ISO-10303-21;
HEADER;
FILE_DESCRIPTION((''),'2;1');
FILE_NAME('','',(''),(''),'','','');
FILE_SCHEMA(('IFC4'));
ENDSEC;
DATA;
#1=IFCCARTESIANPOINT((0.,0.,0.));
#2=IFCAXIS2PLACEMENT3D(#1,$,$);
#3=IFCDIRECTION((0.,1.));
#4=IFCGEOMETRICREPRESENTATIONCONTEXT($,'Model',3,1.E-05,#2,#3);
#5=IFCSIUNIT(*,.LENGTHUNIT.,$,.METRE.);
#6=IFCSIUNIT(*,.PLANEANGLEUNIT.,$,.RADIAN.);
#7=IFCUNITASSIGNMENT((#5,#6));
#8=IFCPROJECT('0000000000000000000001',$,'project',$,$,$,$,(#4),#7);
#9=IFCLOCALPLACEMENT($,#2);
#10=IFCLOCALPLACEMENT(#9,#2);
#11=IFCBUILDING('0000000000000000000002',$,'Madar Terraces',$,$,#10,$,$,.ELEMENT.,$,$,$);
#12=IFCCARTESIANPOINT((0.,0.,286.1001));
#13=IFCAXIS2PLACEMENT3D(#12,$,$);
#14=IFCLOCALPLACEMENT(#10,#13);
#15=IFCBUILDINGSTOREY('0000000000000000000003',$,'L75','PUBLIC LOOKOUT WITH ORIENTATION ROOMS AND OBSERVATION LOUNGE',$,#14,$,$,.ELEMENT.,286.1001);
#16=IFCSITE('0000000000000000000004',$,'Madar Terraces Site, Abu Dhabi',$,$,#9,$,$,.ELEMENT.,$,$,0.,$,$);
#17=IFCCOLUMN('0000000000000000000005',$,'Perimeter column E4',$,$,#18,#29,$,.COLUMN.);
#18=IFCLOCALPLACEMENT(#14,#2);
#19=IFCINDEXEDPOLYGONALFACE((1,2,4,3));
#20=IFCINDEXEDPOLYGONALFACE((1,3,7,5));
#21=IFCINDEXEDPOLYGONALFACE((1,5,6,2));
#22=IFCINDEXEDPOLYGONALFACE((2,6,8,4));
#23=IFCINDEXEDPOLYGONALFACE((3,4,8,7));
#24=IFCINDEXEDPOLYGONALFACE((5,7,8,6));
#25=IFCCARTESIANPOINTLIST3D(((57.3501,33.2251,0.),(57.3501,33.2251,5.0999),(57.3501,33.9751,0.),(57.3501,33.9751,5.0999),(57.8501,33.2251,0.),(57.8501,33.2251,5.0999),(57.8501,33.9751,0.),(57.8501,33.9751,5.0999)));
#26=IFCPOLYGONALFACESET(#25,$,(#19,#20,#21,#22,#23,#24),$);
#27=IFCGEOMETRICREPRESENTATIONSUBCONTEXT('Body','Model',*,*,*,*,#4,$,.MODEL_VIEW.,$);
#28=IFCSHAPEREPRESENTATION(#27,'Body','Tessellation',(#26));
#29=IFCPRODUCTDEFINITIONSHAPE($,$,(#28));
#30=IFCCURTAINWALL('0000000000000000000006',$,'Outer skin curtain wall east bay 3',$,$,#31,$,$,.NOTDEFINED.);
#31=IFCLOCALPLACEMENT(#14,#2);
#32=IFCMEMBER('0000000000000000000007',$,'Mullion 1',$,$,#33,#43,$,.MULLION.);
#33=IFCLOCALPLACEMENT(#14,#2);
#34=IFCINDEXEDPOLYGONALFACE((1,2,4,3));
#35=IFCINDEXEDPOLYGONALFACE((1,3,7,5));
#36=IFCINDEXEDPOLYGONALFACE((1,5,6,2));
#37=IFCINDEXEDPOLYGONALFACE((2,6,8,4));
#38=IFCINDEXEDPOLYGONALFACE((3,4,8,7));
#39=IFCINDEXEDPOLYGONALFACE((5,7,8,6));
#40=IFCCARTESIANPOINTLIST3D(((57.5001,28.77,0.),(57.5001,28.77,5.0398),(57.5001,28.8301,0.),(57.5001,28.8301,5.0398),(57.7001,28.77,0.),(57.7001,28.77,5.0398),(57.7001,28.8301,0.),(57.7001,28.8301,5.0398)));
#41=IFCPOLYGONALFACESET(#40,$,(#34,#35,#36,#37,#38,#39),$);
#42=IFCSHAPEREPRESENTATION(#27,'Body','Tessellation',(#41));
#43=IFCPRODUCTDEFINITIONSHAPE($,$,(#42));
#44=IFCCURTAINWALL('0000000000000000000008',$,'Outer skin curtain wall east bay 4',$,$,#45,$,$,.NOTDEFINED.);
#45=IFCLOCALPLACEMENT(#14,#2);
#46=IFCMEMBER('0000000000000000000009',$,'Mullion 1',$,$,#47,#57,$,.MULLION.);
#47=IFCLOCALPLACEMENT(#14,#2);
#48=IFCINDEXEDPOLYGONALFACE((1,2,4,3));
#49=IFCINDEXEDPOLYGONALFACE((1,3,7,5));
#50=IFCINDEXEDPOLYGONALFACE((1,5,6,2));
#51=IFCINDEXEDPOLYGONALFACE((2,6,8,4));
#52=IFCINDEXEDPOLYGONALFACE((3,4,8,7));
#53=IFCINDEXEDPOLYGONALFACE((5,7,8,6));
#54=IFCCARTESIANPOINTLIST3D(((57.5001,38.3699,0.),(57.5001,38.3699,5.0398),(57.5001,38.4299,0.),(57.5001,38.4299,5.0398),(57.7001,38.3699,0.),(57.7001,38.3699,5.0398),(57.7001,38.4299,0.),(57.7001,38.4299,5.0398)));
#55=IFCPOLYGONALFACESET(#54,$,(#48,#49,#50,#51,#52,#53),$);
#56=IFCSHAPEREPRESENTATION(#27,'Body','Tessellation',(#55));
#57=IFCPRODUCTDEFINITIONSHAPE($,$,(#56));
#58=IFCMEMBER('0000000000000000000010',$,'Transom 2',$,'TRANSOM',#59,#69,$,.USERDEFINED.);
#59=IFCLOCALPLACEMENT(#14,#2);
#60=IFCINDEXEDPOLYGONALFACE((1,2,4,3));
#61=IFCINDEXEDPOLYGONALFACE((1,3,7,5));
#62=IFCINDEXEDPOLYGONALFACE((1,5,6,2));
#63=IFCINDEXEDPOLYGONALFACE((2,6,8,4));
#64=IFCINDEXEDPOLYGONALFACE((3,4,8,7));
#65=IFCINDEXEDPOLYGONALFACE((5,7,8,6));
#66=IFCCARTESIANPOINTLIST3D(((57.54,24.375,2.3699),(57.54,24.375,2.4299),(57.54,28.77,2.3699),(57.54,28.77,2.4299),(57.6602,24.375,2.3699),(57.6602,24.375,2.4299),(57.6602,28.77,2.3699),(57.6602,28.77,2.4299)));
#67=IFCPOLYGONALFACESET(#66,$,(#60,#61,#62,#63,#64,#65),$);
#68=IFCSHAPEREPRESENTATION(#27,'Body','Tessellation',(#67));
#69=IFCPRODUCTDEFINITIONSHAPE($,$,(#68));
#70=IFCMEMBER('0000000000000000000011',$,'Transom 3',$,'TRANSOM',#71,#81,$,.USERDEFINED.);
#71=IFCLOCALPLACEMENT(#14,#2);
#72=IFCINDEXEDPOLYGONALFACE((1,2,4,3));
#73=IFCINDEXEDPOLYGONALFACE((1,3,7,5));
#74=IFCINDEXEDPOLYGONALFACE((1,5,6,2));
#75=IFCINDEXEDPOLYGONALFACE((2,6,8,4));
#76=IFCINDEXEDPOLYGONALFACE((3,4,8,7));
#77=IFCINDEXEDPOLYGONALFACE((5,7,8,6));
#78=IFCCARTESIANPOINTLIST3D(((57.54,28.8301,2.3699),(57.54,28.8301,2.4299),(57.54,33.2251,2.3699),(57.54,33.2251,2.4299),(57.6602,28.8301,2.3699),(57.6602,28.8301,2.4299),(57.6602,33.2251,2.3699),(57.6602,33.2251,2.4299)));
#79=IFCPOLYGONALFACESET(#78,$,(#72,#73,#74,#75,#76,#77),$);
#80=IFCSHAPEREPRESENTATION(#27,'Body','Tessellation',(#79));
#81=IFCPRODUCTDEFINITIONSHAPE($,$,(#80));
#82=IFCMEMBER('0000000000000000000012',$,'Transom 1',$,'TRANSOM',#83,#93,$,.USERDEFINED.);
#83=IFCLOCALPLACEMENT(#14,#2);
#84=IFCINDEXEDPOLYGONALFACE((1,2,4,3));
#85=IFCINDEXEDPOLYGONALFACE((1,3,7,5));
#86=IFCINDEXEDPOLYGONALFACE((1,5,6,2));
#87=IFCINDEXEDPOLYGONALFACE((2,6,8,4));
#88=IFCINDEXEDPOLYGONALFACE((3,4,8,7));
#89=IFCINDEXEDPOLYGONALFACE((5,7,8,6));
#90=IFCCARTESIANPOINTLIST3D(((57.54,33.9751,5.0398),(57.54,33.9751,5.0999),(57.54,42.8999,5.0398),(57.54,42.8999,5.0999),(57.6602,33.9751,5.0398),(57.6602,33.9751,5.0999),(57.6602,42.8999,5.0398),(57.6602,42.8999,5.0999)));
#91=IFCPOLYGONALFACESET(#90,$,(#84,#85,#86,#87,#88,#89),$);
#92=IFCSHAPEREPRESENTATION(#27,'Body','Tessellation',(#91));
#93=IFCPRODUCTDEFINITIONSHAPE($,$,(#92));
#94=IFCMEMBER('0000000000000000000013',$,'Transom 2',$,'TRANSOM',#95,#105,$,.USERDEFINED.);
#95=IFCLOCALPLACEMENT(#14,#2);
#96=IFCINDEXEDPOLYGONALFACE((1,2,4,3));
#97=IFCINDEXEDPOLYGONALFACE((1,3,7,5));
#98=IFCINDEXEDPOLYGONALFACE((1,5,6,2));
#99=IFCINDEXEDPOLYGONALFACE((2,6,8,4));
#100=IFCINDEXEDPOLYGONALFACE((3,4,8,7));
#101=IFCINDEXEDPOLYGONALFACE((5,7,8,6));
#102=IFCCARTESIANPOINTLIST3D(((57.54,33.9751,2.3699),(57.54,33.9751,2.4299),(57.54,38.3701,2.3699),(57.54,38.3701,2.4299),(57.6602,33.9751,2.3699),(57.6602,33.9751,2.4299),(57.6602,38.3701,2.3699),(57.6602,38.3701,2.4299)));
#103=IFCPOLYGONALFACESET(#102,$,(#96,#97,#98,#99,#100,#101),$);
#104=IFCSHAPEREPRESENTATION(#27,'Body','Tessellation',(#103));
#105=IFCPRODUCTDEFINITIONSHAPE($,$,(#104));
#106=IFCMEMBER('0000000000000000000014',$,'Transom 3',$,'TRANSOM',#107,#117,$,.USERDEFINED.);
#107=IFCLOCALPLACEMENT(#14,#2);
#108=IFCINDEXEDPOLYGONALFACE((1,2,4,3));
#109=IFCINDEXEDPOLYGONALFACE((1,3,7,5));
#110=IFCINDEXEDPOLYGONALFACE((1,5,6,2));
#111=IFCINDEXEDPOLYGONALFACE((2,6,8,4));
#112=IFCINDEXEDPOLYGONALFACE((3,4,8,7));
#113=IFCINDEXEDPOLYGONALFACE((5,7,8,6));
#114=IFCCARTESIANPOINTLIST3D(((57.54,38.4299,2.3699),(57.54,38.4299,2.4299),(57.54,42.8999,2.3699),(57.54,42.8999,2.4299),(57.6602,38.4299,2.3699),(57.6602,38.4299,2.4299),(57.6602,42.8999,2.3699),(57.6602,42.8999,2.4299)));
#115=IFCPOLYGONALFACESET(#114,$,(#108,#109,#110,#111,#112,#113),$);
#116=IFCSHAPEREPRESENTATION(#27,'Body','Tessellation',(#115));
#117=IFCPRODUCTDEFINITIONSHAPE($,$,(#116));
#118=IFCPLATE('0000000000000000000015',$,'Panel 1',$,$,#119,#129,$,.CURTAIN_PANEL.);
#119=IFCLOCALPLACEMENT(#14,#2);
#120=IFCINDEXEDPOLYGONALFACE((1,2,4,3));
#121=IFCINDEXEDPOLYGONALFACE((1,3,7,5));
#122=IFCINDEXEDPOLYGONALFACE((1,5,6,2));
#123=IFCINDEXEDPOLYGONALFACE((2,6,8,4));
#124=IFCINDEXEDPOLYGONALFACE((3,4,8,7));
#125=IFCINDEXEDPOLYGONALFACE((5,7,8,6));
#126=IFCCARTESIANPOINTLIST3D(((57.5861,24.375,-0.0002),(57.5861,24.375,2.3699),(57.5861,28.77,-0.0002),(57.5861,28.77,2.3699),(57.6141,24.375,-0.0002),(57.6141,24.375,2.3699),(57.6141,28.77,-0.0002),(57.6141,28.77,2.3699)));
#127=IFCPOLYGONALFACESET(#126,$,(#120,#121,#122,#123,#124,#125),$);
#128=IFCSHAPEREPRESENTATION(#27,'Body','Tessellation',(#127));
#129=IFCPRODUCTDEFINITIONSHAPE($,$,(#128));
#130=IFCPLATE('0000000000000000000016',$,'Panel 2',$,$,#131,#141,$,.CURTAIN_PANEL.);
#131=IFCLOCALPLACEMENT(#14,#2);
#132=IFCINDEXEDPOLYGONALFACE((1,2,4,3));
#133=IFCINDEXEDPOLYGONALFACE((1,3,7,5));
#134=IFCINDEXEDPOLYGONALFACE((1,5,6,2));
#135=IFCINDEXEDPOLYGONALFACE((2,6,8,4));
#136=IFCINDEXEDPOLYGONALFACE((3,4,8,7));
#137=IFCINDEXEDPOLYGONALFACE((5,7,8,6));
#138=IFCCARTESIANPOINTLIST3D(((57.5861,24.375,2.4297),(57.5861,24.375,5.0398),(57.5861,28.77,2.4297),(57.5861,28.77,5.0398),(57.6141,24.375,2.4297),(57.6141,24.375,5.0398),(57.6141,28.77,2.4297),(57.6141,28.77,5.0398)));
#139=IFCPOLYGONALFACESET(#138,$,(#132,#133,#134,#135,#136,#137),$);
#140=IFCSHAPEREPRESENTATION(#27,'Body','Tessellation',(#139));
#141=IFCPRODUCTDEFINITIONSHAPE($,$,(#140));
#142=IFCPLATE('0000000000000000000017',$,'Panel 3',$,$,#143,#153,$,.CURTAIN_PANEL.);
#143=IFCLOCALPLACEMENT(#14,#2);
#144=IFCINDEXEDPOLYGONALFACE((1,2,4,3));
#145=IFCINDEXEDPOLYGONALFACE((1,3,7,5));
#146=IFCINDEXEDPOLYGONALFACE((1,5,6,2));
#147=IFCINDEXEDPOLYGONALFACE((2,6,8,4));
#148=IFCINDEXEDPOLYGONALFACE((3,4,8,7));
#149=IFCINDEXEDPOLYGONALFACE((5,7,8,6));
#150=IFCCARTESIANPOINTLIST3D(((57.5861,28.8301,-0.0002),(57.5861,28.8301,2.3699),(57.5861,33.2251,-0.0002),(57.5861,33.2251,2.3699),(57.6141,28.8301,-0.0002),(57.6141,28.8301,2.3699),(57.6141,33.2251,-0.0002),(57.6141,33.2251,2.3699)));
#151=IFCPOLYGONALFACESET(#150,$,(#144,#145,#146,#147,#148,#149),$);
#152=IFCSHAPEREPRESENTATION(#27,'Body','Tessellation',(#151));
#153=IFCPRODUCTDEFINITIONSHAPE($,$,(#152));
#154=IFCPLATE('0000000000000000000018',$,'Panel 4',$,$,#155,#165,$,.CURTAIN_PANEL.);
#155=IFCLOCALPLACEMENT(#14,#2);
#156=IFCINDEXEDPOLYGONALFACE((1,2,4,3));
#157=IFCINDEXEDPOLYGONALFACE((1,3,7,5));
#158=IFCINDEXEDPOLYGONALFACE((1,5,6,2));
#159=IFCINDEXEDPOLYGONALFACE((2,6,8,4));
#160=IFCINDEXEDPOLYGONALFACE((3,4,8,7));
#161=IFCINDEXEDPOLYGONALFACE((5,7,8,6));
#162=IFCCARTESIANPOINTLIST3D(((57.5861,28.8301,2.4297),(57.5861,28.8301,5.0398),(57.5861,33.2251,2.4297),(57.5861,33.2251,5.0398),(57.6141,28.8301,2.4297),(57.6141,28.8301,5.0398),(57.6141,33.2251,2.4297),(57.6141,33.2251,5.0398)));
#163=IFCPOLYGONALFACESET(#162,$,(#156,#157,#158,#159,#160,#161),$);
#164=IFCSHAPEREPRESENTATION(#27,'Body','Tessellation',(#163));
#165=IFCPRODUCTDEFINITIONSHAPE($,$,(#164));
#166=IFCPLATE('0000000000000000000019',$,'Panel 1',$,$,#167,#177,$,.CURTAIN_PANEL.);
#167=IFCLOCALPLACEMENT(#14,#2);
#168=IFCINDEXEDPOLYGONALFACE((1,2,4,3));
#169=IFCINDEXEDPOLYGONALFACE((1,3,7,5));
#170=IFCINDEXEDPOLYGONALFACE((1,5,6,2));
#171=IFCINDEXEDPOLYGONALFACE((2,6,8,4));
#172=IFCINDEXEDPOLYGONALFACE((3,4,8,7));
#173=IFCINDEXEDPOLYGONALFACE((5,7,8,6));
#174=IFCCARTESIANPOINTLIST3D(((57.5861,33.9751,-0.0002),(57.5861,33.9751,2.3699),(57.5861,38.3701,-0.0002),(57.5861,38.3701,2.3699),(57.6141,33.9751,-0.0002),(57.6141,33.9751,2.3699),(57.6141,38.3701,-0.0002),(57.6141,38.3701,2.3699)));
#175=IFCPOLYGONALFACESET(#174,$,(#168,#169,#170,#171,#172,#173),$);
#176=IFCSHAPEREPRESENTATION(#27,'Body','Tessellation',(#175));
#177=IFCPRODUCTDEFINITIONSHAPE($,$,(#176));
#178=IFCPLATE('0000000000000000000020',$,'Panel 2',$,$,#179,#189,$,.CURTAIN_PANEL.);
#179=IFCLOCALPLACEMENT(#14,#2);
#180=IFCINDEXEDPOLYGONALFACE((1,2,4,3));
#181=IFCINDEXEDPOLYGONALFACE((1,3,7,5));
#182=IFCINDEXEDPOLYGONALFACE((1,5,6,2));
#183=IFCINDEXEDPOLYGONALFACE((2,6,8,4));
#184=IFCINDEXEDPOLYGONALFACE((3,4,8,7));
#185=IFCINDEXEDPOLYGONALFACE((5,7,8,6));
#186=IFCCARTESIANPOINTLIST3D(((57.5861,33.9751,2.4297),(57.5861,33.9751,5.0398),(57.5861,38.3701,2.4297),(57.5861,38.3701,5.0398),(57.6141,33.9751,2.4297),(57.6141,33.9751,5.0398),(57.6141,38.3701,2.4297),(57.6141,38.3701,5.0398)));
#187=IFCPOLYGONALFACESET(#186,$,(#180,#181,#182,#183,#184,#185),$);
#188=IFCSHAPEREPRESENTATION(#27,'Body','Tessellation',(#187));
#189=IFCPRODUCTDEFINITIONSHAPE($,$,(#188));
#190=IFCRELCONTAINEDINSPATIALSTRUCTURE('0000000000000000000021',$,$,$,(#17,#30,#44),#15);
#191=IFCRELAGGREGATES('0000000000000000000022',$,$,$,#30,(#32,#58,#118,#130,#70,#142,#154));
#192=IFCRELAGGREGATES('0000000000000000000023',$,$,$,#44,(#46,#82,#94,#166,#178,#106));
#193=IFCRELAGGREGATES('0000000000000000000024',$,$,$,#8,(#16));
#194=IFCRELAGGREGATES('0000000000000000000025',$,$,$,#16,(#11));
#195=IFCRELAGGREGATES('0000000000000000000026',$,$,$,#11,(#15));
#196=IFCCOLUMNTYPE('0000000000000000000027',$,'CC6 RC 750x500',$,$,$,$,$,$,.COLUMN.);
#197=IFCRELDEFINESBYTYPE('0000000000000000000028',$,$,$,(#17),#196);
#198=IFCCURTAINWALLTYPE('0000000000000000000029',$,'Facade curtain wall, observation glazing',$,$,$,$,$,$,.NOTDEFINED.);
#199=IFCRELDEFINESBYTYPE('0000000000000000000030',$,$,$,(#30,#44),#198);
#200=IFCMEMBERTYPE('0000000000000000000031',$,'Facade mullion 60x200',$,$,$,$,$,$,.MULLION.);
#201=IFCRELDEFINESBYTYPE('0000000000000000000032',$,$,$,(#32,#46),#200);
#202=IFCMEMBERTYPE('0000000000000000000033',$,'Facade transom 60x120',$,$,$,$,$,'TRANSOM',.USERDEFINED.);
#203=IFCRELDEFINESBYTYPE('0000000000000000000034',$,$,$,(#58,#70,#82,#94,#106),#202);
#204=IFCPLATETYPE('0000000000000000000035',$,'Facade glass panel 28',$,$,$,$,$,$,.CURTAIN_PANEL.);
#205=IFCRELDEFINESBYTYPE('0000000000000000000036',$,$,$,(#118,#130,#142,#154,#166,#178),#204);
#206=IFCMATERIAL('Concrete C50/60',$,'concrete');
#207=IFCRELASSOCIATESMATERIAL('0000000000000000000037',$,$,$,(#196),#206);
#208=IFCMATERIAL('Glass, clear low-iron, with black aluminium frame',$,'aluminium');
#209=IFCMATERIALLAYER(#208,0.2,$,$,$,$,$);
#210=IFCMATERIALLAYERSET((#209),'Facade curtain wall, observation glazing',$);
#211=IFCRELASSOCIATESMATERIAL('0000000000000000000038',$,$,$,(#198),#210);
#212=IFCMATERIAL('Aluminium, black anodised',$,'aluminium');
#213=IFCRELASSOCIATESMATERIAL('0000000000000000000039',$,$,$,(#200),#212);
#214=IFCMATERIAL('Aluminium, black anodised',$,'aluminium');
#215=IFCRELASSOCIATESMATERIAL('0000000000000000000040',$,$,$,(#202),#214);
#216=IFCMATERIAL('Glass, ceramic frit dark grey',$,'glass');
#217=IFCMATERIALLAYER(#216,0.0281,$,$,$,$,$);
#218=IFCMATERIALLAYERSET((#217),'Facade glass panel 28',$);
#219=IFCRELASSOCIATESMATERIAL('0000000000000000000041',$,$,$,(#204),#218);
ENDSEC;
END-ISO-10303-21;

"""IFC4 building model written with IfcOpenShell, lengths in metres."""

from ifc_helpers import new_model, si_unit, direction, frame, origin, origin_2d, place, context, subcontext, project, spatial, rectangle, extrude, material, layer, layer_set, material_profile, profile_set, type_object, element, aggregate, save


model = new_model("IFC4")

# Units and contexts
model_context = context("Model", 3, precision=1e-05, world=origin(), true_north=direction((0.0, 1.0)))
body_context = subcontext(model_context, "Body", "Model", "MODEL_VIEW")
ifc_project = project(units=[si_unit("LENGTHUNIT", "METRE"), si_unit("PLANEANGLEUNIT", "RADIAN")], contexts=[model_context])

# Site, building, storey
site_placement = place(None, origin())
site = spatial("IfcSite", under=ifc_project, at=site_placement, Name="Madar Terraces Site, Abu Dhabi", CompositionType="ELEMENT", RefElevation=0.0)
building_placement = place(site_placement, origin())
building = spatial("IfcBuilding", under=site, at=building_placement, Name="Madar Terraces", CompositionType="ELEMENT")
storey_placement = place(building_placement, frame((0.0, 0.0, 286.1001)))
storey = spatial("IfcBuildingStorey", under=building, at=storey_placement, Name="L75", Description="PUBLIC LOOKOUT WITH ORIENTATION ROOMS AND OBSERVATION LOUNGE", CompositionType="ELEMENT", Elevation=286.1001)

# Column
ifc_material_1 = material(Name="Concrete C50/60", Category="concrete")
ifc_material_profile_1 = material_profile(ifc_material_1, rectangle(XDim=0.75, YDim=0.5, at=origin_2d()), Name="CC6 RC 750x500")
ifc_profile_set_1 = profile_set([ifc_material_profile_1], Name="Concrete C50/60")
column_type = type_object("IfcColumnType", Name="CC6 RC 750x500", PredefinedType="COLUMN", material=ifc_profile_set_1)
column_placement = place(storey_placement, frame((57.6001, 33.6001, 0.0), z_axis=(0.0, 0.0, 1.0), x_axis=(0.0, 1.0, 0.0)))
element("IfcColumn", 1, at=column_placement, inside=storey, type_object=column_type, Name="Perimeter column E4", PredefinedType="COLUMN", context=body_context, shape_type="SweptSolid", body=[
    extrude(rectangle(XDim=0.75, YDim=0.5, at=origin_2d()), origin(), (0.0, 0.0, 1.0), 5.0999),
])

# Curtain walls, members
ifc_material_2 = material(Name="Glass, clear low-iron, with black aluminium frame", Category="aluminium")
ifc_layer_1 = layer(ifc_material_2, 0.2)
ifc_layer_set_1 = layer_set([ifc_layer_1], Name="Facade curtain wall, observation glazing")
curtain_wall_type = type_object("IfcCurtainWallType", Name="Facade curtain wall, observation glazing", PredefinedType="NOTDEFINED", material=ifc_layer_set_1)
curtain_wall_1_placement = place(storey_placement, origin())
curtain_wall_1 = element("IfcCurtainWall", 2, at=curtain_wall_1_placement, inside=storey, type_object=curtain_wall_type, Name="Outer skin curtain wall east bay 3", PredefinedType="NOTDEFINED")
ifc_material_3 = material(Name="Aluminium, black anodised", Category="aluminium")
ifc_material_profile_2 = material_profile(ifc_material_3, rectangle(XDim=0.2, YDim=0.0601, at=origin_2d()), Name="Facade mullion 60x200")
ifc_profile_set_2 = profile_set([ifc_material_profile_2], Name="Aluminium, black anodised")
member_type_1 = type_object("IfcMemberType", Name="Facade mullion 60x200", PredefinedType="MULLION", material=ifc_profile_set_2)
member_1_placement = place(storey_placement, frame((57.6001, 28.8, 0.0), z_axis=(0.0, 0.0, 1.0), x_axis=(-1.0, 0.0, 0.0)))
member_1 = element("IfcMember", 3, at=member_1_placement, type_object=member_type_1, Name="Mullion 1", PredefinedType="MULLION", context=body_context, shape_type="SweptSolid", body=[
    extrude(rectangle(XDim=0.2, YDim=0.0601, at=origin_2d()), origin(), (0.0, 0.0, 1.0), 5.0398),
])
curtain_wall_2_placement = place(storey_placement, origin())
curtain_wall_2 = element("IfcCurtainWall", 4, at=curtain_wall_2_placement, inside=storey, type_object=curtain_wall_type, Name="Outer skin curtain wall east bay 4", PredefinedType="NOTDEFINED")
member_2_placement = place(storey_placement, frame((57.6001, 38.3999, 0.0), z_axis=(0.0, 0.0, 1.0), x_axis=(-1.0, 0.0, 0.0)))
member_2 = element("IfcMember", 5, at=member_2_placement, type_object=member_type_1, Name="Mullion 1", PredefinedType="MULLION", context=body_context, shape_type="SweptSolid", body=[
    extrude(rectangle(XDim=0.2, YDim=0.0601, at=origin_2d()), origin(), (0.0, 0.0, 1.0), 5.0398),
])

# Members
ifc_material_4 = material(Name="Aluminium, black anodised", Category="aluminium")
ifc_material_profile_3 = material_profile(ifc_material_4, rectangle(XDim=0.1201, YDim=0.0601, at=origin_2d()), Name="Facade transom 60x120")
ifc_profile_set_3 = profile_set([ifc_material_profile_3], Name="Aluminium, black anodised")
member_type_2 = type_object("IfcMemberType", Name="Facade transom 60x120", ElementType="TRANSOM", PredefinedType="USERDEFINED", material=ifc_profile_set_3)
member_3_placement = place(storey_placement, frame((57.6001, 24.375, 2.3999), z_axis=(0.0, 1.0, 0.0), x_axis=(-1.0, 0.0, 0.0)))
member_3 = element("IfcMember", 6, at=member_3_placement, type_object=member_type_2, Name="Transom 2", ObjectType="TRANSOM", PredefinedType="USERDEFINED", context=body_context, shape_type="SweptSolid", body=[
    extrude(rectangle(XDim=0.1201, YDim=0.0601, at=origin_2d()), origin(), (0.0, 0.0, 1.0), 4.395),
])
member_4_placement = place(storey_placement, frame((57.6001, 28.8301, 2.3999), z_axis=(0.0, 1.0, 0.0), x_axis=(-1.0, 0.0, 0.0)))
member_4 = element("IfcMember", 7, at=member_4_placement, type_object=member_type_2, Name="Transom 3", ObjectType="TRANSOM", PredefinedType="USERDEFINED", context=body_context, shape_type="SweptSolid", body=[
    extrude(rectangle(XDim=0.1201, YDim=0.0601, at=origin_2d()), origin(), (0.0, 0.0, 1.0), 4.395),
])
member_5_placement = place(storey_placement, frame((57.6001, 33.9751, 5.0698), z_axis=(0.0, 1.0, 0.0), x_axis=(-1.0, 0.0, 0.0)))
member_5 = element("IfcMember", 8, at=member_5_placement, type_object=member_type_2, Name="Transom 1", ObjectType="TRANSOM", PredefinedType="USERDEFINED", context=body_context, shape_type="SweptSolid", body=[
    extrude(rectangle(XDim=0.1201, YDim=0.0601, at=origin_2d()), origin(), (0.0, 0.0, 1.0), 8.9248),
])
member_6_placement = place(storey_placement, frame((57.6001, 33.9751, 2.3999), z_axis=(0.0, 1.0, 0.0), x_axis=(-1.0, 0.0, 0.0)))
member_6 = element("IfcMember", 9, at=member_6_placement, type_object=member_type_2, Name="Transom 2", ObjectType="TRANSOM", PredefinedType="USERDEFINED", context=body_context, shape_type="SweptSolid", body=[
    extrude(rectangle(XDim=0.1201, YDim=0.0601, at=origin_2d()), origin(), (0.0, 0.0, 1.0), 4.395),
])
member_7_placement = place(storey_placement, frame((57.6001, 38.4299, 2.3999), z_axis=(0.0, 1.0, 0.0), x_axis=(-1.0, 0.0, 0.0)))
member_7 = element("IfcMember", 10, at=member_7_placement, type_object=member_type_2, Name="Transom 3", ObjectType="TRANSOM", PredefinedType="USERDEFINED", context=body_context, shape_type="SweptSolid", body=[
    extrude(rectangle(XDim=0.1201, YDim=0.0601, at=origin_2d()), origin(), (0.0, 0.0, 1.0), 4.47),
])

# Plates
ifc_material_5 = material(Name="Glass, ceramic frit dark grey", Category="glass")
ifc_layer_2 = layer(ifc_material_5, 0.0281)
ifc_layer_set_2 = layer_set([ifc_layer_2], Name="Facade glass panel 28")
plate_type = type_object("IfcPlateType", Name="Facade glass panel 28", PredefinedType="CURTAIN_PANEL", material=ifc_layer_set_2)
plate_1_placement = place(storey_placement, frame((57.6001, 26.5725, -0.0002), z_axis=(0.0, 0.0, 1.0), x_axis=(0.0, 1.0, 0.0)))
plate_1 = element("IfcPlate", 11, at=plate_1_placement, type_object=plate_type, Name="Panel 1", PredefinedType="CURTAIN_PANEL", context=body_context, shape_type="SweptSolid", body=[
    extrude(rectangle(XDim=4.395, YDim=0.0281, at=origin_2d()), origin(), (0.0, 0.0, 1.0), 2.3701),
])
plate_2_placement = place(storey_placement, frame((57.6001, 26.5725, 2.4297), z_axis=(0.0, 0.0, 1.0), x_axis=(0.0, 1.0, 0.0)))
plate_2 = element("IfcPlate", 12, at=plate_2_placement, type_object=plate_type, Name="Panel 2", PredefinedType="CURTAIN_PANEL", context=body_context, shape_type="SweptSolid", body=[
    extrude(rectangle(XDim=4.395, YDim=0.0281, at=origin_2d()), origin(), (0.0, 0.0, 1.0), 2.6101),
])
plate_3_placement = place(storey_placement, frame((57.6001, 31.0276, -0.0002), z_axis=(0.0, 0.0, 1.0), x_axis=(0.0, 1.0, 0.0)))
plate_3 = element("IfcPlate", 13, at=plate_3_placement, type_object=plate_type, Name="Panel 3", PredefinedType="CURTAIN_PANEL", context=body_context, shape_type="SweptSolid", body=[
    extrude(rectangle(XDim=4.395, YDim=0.0281, at=origin_2d()), origin(), (0.0, 0.0, 1.0), 2.3701),
])
plate_4_placement = place(storey_placement, frame((57.6001, 31.0276, 2.4297), z_axis=(0.0, 0.0, 1.0), x_axis=(0.0, 1.0, 0.0)))
plate_4 = element("IfcPlate", 14, at=plate_4_placement, type_object=plate_type, Name="Panel 4", PredefinedType="CURTAIN_PANEL", context=body_context, shape_type="SweptSolid", body=[
    extrude(rectangle(XDim=4.395, YDim=0.0281, at=origin_2d()), origin(), (0.0, 0.0, 1.0), 2.6101),
])
aggregate(curtain_wall_1, [member_1, member_3, plate_1, plate_2, member_4, plate_3, plate_4])
plate_5_placement = place(storey_placement, frame((57.6001, 36.1726, -0.0002), z_axis=(0.0, 0.0, 1.0), x_axis=(0.0, 1.0, 0.0)))
plate_5 = element("IfcPlate", 15, at=plate_5_placement, type_object=plate_type, Name="Panel 1", PredefinedType="CURTAIN_PANEL", context=body_context, shape_type="SweptSolid", body=[
    extrude(rectangle(XDim=4.395, YDim=0.0281, at=origin_2d()), origin(), (0.0, 0.0, 1.0), 2.3701),
])
plate_6_placement = place(storey_placement, frame((57.6001, 36.1726, 2.4297), z_axis=(0.0, 0.0, 1.0), x_axis=(0.0, 1.0, 0.0)))
plate_6 = element("IfcPlate", 16, at=plate_6_placement, type_object=plate_type, Name="Panel 2", PredefinedType="CURTAIN_PANEL", context=body_context, shape_type="SweptSolid", body=[
    extrude(rectangle(XDim=4.395, YDim=0.0281, at=origin_2d()), origin(), (0.0, 0.0, 1.0), 2.6101),
])
aggregate(curtain_wall_2, [member_2, member_5, member_6, plate_5, plate_6, member_7])

save(model, "model.ifc")
